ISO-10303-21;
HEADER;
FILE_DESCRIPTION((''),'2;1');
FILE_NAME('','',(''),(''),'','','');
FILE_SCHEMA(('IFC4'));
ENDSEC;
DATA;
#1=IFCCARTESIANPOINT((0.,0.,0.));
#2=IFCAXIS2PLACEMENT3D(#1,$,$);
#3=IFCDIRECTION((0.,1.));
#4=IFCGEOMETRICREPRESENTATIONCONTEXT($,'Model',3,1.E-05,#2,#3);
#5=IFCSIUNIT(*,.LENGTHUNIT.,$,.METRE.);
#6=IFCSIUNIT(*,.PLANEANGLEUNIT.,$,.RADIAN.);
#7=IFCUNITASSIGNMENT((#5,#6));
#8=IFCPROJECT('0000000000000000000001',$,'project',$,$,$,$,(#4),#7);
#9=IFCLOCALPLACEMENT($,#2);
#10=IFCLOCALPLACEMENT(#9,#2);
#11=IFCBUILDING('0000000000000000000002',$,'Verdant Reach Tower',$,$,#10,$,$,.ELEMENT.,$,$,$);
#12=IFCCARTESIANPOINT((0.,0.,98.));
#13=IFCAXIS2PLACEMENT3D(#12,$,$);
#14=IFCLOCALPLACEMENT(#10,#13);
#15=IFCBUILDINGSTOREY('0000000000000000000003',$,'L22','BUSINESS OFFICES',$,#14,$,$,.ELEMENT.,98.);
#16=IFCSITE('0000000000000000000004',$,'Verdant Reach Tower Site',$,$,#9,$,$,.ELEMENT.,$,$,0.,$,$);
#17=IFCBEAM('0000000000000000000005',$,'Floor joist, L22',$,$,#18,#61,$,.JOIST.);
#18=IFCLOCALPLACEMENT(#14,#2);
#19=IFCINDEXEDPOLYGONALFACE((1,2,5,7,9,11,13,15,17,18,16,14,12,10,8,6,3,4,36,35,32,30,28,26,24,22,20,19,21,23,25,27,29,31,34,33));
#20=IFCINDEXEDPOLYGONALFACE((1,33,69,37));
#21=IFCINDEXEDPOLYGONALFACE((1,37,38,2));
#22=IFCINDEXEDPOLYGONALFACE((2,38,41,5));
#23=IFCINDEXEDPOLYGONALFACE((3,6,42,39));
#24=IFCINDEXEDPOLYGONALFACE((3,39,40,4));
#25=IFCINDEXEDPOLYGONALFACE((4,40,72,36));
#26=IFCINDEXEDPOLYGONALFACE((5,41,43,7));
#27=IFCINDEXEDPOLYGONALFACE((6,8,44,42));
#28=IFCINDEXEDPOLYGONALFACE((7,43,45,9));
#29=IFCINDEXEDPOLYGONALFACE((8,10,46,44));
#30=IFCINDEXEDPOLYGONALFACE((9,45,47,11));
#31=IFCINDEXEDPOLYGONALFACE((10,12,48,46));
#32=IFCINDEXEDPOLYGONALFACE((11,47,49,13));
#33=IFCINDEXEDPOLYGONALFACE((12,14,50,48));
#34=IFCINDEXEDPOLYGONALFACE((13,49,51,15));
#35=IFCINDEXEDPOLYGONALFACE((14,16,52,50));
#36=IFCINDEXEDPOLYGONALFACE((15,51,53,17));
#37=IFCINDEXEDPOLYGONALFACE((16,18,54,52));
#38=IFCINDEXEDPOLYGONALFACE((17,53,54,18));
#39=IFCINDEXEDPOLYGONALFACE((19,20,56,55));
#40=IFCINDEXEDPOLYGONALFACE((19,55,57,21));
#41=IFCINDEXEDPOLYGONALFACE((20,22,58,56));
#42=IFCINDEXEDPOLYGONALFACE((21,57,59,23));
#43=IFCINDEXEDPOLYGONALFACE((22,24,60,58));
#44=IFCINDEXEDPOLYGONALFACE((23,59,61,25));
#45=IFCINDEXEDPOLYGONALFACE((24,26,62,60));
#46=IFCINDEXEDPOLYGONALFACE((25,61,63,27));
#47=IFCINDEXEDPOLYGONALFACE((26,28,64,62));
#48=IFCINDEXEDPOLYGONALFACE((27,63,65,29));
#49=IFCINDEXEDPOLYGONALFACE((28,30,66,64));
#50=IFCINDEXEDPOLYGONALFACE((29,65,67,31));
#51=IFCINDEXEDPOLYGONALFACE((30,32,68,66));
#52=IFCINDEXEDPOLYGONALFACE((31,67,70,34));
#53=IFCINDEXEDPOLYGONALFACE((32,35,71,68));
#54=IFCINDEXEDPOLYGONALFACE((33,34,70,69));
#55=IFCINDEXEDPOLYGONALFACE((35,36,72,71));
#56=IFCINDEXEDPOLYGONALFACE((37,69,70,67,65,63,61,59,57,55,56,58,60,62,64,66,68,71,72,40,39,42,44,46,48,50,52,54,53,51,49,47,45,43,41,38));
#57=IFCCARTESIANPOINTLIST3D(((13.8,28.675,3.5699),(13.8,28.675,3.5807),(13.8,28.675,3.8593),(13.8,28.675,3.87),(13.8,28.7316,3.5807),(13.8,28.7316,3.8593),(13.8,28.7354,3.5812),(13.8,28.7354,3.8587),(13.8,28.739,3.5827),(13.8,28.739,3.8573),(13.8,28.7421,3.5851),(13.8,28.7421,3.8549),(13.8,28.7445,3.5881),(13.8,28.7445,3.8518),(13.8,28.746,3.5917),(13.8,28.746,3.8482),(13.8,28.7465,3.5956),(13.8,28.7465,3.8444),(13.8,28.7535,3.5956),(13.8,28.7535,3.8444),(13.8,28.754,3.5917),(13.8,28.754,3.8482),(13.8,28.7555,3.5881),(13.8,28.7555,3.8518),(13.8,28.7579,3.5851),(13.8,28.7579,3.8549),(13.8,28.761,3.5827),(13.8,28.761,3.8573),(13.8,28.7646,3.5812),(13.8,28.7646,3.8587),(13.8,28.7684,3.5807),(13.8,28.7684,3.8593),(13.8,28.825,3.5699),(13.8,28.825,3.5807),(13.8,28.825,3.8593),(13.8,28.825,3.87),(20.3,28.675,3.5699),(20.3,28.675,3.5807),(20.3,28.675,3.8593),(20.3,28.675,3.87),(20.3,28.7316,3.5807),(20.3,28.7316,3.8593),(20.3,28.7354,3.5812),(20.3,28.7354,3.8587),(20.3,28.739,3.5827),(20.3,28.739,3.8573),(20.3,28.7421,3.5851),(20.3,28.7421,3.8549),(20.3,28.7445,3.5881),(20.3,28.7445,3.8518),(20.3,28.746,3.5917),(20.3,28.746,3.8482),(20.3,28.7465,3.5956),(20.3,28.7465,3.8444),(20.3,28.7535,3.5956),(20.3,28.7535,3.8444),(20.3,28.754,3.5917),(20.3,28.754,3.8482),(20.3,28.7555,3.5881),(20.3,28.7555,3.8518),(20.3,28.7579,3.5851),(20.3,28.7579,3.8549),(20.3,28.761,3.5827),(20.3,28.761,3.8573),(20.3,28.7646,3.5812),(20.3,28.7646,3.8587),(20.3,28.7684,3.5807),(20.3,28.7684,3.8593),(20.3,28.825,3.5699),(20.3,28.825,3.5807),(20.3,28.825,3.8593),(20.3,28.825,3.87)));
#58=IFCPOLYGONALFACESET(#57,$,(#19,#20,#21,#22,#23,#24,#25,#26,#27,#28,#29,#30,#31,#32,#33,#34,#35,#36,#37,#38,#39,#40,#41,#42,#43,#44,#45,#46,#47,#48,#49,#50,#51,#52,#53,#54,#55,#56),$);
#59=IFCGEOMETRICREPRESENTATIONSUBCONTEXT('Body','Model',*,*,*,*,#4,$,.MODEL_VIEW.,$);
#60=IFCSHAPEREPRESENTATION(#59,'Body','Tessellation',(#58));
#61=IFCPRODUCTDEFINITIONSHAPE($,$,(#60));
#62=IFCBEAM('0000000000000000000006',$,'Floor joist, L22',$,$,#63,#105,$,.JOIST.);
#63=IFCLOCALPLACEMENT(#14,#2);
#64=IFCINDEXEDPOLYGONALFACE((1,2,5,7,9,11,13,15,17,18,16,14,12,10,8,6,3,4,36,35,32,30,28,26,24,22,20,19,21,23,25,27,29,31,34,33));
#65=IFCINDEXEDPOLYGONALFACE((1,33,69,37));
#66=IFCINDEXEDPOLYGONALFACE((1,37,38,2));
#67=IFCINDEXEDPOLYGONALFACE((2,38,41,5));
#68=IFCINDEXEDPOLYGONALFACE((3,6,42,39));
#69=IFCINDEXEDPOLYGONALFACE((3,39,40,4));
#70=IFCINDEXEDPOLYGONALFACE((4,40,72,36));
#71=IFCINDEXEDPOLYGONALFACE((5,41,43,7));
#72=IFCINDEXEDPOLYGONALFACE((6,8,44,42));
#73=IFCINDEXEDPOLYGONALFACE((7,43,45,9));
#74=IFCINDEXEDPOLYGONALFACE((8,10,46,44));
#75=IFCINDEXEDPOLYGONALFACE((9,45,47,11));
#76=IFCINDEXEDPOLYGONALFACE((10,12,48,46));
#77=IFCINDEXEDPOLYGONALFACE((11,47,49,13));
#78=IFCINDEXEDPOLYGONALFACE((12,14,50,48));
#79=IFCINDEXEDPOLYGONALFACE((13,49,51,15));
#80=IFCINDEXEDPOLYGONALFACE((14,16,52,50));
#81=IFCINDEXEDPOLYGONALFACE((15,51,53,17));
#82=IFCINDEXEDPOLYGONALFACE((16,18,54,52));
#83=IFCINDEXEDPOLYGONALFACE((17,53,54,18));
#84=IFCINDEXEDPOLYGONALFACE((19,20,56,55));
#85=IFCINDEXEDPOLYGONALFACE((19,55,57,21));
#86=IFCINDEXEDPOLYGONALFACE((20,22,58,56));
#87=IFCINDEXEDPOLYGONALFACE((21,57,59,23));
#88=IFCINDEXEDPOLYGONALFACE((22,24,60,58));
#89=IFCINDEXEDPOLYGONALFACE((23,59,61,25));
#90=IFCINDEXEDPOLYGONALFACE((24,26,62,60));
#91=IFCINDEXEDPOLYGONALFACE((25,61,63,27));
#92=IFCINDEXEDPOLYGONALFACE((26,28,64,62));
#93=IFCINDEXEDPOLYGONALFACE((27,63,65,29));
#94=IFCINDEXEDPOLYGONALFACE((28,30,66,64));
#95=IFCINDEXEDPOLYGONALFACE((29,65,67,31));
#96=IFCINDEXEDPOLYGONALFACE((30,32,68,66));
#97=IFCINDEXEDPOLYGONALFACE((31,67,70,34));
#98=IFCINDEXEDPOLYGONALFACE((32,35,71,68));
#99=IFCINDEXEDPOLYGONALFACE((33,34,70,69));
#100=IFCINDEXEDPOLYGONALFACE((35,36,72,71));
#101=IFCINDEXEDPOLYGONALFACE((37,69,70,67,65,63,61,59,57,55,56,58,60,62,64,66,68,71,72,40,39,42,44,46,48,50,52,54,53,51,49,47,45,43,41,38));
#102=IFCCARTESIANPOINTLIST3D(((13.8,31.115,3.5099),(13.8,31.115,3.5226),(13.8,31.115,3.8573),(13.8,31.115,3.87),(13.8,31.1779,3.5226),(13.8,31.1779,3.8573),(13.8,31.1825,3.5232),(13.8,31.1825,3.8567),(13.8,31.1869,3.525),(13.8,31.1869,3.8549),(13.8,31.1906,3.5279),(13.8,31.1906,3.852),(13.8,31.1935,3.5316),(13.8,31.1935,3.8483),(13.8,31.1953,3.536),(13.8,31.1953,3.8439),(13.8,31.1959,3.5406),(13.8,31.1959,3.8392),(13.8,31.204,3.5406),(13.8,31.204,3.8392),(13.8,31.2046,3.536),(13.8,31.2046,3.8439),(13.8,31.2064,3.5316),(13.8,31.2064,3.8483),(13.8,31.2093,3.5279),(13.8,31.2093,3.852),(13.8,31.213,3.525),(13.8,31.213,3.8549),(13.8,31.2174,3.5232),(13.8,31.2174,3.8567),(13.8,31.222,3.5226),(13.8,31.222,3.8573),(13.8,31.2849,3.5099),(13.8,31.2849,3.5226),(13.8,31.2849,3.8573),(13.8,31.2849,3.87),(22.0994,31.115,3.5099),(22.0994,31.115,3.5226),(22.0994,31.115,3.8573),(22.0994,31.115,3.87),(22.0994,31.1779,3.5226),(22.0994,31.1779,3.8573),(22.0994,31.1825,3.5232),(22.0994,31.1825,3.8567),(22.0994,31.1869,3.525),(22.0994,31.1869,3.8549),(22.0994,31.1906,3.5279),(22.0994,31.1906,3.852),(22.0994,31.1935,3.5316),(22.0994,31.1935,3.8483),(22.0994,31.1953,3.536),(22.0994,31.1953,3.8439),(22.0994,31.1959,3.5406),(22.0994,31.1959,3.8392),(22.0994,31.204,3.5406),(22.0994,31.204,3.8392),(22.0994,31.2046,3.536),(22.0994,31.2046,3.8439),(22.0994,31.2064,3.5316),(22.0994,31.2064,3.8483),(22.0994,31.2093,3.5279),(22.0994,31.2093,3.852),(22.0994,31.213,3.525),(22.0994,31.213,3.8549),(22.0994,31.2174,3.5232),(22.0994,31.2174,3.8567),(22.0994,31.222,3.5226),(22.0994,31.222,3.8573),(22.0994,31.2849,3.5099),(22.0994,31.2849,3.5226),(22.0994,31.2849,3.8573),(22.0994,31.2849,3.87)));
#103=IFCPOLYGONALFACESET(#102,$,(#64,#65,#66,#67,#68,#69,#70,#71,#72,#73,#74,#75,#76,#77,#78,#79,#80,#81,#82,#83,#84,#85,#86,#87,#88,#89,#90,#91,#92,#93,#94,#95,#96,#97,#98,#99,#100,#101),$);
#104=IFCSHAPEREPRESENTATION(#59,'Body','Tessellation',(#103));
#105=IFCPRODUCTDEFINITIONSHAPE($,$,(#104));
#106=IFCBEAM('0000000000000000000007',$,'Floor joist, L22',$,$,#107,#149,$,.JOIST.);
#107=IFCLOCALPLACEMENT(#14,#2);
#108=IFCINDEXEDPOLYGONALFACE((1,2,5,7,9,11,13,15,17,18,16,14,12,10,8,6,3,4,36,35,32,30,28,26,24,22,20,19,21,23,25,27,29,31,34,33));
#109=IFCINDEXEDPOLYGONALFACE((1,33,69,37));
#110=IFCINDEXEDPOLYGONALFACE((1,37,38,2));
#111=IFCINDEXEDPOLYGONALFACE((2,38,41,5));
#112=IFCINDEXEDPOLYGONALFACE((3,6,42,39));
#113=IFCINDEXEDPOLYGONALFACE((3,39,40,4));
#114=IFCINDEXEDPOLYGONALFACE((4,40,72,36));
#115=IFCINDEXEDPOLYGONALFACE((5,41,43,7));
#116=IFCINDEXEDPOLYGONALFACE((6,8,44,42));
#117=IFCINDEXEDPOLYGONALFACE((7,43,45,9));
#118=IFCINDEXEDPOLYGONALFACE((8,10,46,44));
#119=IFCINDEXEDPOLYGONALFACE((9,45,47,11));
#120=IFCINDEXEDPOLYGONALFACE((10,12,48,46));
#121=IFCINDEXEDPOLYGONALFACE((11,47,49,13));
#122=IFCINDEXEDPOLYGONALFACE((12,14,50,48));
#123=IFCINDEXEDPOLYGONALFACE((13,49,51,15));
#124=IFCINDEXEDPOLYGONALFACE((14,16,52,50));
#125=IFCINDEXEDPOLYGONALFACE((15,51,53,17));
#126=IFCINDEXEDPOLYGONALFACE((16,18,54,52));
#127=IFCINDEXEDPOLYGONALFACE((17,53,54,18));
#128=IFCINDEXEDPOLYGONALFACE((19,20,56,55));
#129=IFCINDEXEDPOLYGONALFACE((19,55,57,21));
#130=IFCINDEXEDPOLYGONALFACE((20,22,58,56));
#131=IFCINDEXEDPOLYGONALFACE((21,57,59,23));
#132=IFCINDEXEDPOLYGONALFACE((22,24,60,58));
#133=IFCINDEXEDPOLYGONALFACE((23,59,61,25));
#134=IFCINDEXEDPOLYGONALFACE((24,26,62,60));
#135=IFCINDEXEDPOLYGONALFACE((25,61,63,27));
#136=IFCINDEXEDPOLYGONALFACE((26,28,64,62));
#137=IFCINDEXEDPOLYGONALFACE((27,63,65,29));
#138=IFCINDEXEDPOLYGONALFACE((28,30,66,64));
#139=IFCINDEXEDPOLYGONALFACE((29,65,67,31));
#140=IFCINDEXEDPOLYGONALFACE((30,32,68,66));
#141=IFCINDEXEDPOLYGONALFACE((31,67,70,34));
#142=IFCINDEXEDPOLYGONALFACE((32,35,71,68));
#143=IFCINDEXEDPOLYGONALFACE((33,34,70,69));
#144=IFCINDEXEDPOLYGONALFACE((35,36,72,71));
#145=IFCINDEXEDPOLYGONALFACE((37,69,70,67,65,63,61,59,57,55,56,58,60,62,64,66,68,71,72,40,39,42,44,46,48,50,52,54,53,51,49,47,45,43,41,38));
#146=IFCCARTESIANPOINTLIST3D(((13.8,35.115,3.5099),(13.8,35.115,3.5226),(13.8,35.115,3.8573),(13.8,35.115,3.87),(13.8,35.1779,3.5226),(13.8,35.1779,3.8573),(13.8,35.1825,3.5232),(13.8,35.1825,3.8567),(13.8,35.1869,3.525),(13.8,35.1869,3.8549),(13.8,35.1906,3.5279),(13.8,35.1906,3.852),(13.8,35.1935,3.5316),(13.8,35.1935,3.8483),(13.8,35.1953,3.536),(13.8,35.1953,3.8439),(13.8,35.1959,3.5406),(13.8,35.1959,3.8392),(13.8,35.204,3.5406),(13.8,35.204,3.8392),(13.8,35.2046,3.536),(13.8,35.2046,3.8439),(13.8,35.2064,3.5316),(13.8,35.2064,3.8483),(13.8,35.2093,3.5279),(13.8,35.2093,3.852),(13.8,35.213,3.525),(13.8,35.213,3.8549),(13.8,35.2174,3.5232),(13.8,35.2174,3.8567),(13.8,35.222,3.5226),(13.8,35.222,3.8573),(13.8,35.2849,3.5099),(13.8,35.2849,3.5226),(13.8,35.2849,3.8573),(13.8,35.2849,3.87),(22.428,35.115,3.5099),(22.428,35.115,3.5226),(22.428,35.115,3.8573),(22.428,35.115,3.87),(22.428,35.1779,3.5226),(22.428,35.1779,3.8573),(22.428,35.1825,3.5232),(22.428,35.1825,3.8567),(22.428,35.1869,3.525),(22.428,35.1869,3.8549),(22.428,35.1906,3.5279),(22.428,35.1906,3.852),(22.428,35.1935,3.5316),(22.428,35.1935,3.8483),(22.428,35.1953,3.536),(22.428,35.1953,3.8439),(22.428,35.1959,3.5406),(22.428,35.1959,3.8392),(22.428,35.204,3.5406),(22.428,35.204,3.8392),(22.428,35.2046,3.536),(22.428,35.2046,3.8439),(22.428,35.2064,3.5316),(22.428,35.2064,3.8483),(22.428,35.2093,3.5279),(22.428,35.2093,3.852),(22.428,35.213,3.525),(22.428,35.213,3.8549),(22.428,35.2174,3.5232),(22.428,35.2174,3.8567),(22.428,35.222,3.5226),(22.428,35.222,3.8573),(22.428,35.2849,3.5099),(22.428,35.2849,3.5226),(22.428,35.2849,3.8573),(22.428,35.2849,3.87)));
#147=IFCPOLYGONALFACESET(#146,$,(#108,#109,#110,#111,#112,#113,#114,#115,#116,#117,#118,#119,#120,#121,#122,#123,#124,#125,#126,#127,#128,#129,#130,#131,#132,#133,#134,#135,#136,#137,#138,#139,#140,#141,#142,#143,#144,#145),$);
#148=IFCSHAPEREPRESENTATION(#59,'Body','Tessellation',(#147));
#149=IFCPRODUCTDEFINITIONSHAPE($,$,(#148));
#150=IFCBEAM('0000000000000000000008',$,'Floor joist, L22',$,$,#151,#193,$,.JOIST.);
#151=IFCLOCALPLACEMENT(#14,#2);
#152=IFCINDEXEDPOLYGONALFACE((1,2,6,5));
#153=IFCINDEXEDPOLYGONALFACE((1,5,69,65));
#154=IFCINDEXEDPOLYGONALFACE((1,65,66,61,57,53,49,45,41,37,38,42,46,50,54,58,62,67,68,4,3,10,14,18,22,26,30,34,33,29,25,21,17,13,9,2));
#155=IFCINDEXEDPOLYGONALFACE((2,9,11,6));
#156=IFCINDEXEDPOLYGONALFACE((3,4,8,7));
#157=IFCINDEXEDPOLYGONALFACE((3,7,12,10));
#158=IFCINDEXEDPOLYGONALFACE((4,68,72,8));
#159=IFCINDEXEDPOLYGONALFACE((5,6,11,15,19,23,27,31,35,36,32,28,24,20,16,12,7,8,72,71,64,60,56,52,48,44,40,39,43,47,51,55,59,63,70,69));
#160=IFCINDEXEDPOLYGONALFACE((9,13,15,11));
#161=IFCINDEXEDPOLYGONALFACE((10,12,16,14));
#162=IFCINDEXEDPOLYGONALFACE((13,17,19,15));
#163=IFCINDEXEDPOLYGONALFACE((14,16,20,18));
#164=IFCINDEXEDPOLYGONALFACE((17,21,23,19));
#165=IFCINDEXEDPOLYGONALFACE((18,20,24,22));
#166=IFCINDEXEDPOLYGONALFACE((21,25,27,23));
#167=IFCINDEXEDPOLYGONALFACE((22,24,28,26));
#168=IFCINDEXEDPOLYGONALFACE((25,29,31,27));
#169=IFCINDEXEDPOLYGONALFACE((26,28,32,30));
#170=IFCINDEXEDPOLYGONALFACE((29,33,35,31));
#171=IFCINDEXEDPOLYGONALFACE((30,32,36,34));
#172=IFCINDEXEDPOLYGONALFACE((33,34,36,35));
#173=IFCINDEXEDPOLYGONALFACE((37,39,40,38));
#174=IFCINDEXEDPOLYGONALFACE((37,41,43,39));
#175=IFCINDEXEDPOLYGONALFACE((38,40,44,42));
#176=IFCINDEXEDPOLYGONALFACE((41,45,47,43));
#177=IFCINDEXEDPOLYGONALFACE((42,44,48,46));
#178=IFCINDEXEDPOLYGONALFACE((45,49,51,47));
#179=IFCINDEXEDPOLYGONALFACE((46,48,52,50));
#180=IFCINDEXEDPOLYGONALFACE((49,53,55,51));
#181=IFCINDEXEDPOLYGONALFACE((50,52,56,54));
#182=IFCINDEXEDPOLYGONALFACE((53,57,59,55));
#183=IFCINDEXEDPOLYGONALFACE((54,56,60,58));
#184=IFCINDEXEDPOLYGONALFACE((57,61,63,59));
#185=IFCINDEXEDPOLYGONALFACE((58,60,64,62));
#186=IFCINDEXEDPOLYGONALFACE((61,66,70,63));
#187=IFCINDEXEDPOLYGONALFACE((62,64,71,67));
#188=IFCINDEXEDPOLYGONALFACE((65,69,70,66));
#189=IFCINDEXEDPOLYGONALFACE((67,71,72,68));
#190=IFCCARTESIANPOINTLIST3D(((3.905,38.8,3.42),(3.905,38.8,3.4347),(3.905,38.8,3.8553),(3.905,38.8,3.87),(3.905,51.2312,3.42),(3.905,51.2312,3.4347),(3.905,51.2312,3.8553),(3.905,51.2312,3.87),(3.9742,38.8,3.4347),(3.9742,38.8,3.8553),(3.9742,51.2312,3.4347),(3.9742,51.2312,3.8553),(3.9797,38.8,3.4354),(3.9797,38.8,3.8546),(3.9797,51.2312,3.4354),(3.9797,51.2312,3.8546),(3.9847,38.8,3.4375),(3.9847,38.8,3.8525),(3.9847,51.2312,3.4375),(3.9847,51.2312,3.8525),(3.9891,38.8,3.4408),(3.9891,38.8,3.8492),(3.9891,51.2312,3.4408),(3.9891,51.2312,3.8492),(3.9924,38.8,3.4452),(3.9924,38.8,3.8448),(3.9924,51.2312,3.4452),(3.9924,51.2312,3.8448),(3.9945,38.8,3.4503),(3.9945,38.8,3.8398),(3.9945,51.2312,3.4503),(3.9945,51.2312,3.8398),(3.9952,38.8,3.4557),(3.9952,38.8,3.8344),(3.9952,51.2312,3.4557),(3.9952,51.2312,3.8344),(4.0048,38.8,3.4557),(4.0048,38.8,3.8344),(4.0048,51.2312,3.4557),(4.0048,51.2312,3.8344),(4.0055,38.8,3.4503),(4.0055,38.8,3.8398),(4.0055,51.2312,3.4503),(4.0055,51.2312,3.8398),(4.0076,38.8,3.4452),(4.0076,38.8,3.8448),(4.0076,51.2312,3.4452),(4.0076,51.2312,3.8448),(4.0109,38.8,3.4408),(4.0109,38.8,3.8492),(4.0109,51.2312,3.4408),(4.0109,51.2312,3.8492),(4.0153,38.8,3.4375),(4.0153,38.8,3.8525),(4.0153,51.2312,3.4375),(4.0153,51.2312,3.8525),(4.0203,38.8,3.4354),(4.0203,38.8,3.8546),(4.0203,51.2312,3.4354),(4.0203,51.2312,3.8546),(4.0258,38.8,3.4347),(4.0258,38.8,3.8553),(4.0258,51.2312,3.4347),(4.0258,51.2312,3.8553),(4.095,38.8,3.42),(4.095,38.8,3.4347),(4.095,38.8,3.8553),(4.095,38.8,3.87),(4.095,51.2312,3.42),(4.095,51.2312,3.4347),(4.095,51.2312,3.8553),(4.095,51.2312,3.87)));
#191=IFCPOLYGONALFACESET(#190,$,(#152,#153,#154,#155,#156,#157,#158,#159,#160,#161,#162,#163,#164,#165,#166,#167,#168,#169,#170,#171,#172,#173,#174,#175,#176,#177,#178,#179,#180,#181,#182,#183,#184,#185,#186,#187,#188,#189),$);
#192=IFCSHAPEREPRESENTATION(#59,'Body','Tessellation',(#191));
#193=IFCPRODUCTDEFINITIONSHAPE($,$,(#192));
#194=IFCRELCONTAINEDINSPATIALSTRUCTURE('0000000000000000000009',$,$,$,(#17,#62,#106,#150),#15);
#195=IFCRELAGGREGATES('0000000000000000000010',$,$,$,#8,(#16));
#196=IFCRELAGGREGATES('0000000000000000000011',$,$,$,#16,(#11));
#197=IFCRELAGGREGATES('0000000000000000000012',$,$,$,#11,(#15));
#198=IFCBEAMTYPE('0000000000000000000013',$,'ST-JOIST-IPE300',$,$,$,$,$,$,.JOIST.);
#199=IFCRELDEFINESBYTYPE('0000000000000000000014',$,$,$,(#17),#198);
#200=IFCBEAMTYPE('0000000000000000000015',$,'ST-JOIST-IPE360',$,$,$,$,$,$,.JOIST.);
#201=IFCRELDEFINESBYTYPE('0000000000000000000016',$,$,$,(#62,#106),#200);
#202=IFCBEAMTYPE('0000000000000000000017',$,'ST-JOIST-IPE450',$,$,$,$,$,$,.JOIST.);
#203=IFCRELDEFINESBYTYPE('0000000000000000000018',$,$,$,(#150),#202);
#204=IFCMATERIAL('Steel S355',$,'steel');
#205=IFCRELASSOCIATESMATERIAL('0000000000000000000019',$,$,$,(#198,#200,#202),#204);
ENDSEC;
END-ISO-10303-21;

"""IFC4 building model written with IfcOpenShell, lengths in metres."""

from ifc_helpers import new_model, si_unit, direction, frame, origin, origin_2d, place, context, subcontext, project, spatial, i_section, extrude, material, material_profile, profile_set, type_object, element, save


model = new_model("IFC4")

# Units and contexts
model_context = context("Model", 3, precision=1e-05, world=origin(), true_north=direction((0.0, 1.0)))
body_context = subcontext(model_context, "Body", "Model", "MODEL_VIEW")
ifc_project = project(units=[si_unit("LENGTHUNIT", "METRE"), si_unit("PLANEANGLEUNIT", "RADIAN")], contexts=[model_context])

# Site, building, storey
site_placement = place(None, origin())
site = spatial("IfcSite", under=ifc_project, at=site_placement, Name="Verdant Reach Tower Site", CompositionType="ELEMENT", RefElevation=0.0)
building_placement = place(site_placement, origin())
building = spatial("IfcBuilding", under=site, at=building_placement, Name="Verdant Reach Tower", CompositionType="ELEMENT")
storey_placement = place(building_placement, frame((0.0, 0.0, 98.0)))
storey = spatial("IfcBuildingStorey", under=building, at=storey_placement, Name="L22", Description="BUSINESS OFFICES", CompositionType="ELEMENT", Elevation=98.0)

# Beams
ifc_material_1 = material(Name="Steel S355", Category="steel")
ifc_material_profile_1 = material_profile(ifc_material_1, i_section(OverallWidth=0.1499, OverallDepth=0.3, WebThickness=0.0071, FlangeThickness=0.0107, FilletRadius=0.0149, at=origin_2d()), Name="IPE 300")
ifc_profile_set_1 = profile_set([ifc_material_profile_1], Name="Steel S355")
beam_type_1 = type_object("IfcBeamType", Name="ST-JOIST-IPE300", PredefinedType="JOIST", material=ifc_profile_set_1)
beam_1_placement = place(storey_placement, frame((13.8, 28.75, 3.72), z_axis=(1.0, 0.0, 0.0), x_axis=(0.0, 1.0, 0.0)))
element("IfcBeam", 1, at=beam_1_placement, inside=storey, type_object=beam_type_1, Name="Floor joist, L22", PredefinedType="JOIST", context=body_context, shape_type="SweptSolid", body=[
    extrude(i_section(OverallWidth=0.1499, OverallDepth=0.3, WebThickness=0.0071, FlangeThickness=0.0107, FilletRadius=0.0149, at=origin_2d()), origin(), (0.0, 0.0, 1.0), 6.5),
])
ifc_material_profile_2 = material_profile(ifc_material_1, i_section(OverallWidth=0.1699, OverallDepth=0.3601, WebThickness=0.0081, FlangeThickness=0.0127, FilletRadius=0.0181, at=origin_2d()), Name="IPE 360")
ifc_profile_set_2 = profile_set([ifc_material_profile_2], Name="Steel S355")
beam_type_2 = type_object("IfcBeamType", Name="ST-JOIST-IPE360", PredefinedType="JOIST", material=ifc_profile_set_2)
beam_2_placement = place(storey_placement, frame((13.8, 31.2, 3.6899), z_axis=(1.0, 0.0, 0.0), x_axis=(0.0, 1.0, 0.0)))
element("IfcBeam", 2, at=beam_2_placement, inside=storey, type_object=beam_type_2, Name="Floor joist, L22", PredefinedType="JOIST", context=body_context, shape_type="SweptSolid", body=[
    extrude(i_section(OverallWidth=0.1699, OverallDepth=0.3601, WebThickness=0.0081, FlangeThickness=0.0127, FilletRadius=0.0181, at=origin_2d()), origin(), (0.0, 0.0, 1.0), 8.2993),
])
beam_3_placement = place(storey_placement, frame((13.8, 35.2, 3.6899), z_axis=(1.0, 0.0, 0.0), x_axis=(0.0, 1.0, 0.0)))
element("IfcBeam", 3, at=beam_3_placement, inside=storey, type_object=beam_type_2, Name="Floor joist, L22", PredefinedType="JOIST", context=body_context, shape_type="SweptSolid", body=[
    extrude(i_section(OverallWidth=0.1699, OverallDepth=0.3601, WebThickness=0.0081, FlangeThickness=0.0127, FilletRadius=0.0181, at=origin_2d()), origin(), (0.0, 0.0, 1.0), 8.6279),
])
ifc_material_profile_3 = material_profile(ifc_material_1, i_section(OverallWidth=0.1899, OverallDepth=0.45, WebThickness=0.0095, FlangeThickness=0.0146, FilletRadius=0.021, at=origin_2d()), Name="IPE 450")
ifc_profile_set_3 = profile_set([ifc_material_profile_3], Name="Steel S355")
beam_type_3 = type_object("IfcBeamType", Name="ST-JOIST-IPE450", PredefinedType="JOIST", material=ifc_profile_set_3)
beam_4_placement = place(storey_placement, frame((4.0, 38.8, 3.645), z_axis=(0.0, 1.0, 0.0), x_axis=(-1.0, 0.0, 0.0)))
element("IfcBeam", 4, at=beam_4_placement, inside=storey, type_object=beam_type_3, Name="Floor joist, L22", PredefinedType="JOIST", context=body_context, shape_type="SweptSolid", body=[
    extrude(i_section(OverallWidth=0.1899, OverallDepth=0.45, WebThickness=0.0095, FlangeThickness=0.0146, FilletRadius=0.021, at=origin_2d()), origin(), (0.0, 0.0, 1.0), 12.4312),
])

save(model, "model.ifc")
